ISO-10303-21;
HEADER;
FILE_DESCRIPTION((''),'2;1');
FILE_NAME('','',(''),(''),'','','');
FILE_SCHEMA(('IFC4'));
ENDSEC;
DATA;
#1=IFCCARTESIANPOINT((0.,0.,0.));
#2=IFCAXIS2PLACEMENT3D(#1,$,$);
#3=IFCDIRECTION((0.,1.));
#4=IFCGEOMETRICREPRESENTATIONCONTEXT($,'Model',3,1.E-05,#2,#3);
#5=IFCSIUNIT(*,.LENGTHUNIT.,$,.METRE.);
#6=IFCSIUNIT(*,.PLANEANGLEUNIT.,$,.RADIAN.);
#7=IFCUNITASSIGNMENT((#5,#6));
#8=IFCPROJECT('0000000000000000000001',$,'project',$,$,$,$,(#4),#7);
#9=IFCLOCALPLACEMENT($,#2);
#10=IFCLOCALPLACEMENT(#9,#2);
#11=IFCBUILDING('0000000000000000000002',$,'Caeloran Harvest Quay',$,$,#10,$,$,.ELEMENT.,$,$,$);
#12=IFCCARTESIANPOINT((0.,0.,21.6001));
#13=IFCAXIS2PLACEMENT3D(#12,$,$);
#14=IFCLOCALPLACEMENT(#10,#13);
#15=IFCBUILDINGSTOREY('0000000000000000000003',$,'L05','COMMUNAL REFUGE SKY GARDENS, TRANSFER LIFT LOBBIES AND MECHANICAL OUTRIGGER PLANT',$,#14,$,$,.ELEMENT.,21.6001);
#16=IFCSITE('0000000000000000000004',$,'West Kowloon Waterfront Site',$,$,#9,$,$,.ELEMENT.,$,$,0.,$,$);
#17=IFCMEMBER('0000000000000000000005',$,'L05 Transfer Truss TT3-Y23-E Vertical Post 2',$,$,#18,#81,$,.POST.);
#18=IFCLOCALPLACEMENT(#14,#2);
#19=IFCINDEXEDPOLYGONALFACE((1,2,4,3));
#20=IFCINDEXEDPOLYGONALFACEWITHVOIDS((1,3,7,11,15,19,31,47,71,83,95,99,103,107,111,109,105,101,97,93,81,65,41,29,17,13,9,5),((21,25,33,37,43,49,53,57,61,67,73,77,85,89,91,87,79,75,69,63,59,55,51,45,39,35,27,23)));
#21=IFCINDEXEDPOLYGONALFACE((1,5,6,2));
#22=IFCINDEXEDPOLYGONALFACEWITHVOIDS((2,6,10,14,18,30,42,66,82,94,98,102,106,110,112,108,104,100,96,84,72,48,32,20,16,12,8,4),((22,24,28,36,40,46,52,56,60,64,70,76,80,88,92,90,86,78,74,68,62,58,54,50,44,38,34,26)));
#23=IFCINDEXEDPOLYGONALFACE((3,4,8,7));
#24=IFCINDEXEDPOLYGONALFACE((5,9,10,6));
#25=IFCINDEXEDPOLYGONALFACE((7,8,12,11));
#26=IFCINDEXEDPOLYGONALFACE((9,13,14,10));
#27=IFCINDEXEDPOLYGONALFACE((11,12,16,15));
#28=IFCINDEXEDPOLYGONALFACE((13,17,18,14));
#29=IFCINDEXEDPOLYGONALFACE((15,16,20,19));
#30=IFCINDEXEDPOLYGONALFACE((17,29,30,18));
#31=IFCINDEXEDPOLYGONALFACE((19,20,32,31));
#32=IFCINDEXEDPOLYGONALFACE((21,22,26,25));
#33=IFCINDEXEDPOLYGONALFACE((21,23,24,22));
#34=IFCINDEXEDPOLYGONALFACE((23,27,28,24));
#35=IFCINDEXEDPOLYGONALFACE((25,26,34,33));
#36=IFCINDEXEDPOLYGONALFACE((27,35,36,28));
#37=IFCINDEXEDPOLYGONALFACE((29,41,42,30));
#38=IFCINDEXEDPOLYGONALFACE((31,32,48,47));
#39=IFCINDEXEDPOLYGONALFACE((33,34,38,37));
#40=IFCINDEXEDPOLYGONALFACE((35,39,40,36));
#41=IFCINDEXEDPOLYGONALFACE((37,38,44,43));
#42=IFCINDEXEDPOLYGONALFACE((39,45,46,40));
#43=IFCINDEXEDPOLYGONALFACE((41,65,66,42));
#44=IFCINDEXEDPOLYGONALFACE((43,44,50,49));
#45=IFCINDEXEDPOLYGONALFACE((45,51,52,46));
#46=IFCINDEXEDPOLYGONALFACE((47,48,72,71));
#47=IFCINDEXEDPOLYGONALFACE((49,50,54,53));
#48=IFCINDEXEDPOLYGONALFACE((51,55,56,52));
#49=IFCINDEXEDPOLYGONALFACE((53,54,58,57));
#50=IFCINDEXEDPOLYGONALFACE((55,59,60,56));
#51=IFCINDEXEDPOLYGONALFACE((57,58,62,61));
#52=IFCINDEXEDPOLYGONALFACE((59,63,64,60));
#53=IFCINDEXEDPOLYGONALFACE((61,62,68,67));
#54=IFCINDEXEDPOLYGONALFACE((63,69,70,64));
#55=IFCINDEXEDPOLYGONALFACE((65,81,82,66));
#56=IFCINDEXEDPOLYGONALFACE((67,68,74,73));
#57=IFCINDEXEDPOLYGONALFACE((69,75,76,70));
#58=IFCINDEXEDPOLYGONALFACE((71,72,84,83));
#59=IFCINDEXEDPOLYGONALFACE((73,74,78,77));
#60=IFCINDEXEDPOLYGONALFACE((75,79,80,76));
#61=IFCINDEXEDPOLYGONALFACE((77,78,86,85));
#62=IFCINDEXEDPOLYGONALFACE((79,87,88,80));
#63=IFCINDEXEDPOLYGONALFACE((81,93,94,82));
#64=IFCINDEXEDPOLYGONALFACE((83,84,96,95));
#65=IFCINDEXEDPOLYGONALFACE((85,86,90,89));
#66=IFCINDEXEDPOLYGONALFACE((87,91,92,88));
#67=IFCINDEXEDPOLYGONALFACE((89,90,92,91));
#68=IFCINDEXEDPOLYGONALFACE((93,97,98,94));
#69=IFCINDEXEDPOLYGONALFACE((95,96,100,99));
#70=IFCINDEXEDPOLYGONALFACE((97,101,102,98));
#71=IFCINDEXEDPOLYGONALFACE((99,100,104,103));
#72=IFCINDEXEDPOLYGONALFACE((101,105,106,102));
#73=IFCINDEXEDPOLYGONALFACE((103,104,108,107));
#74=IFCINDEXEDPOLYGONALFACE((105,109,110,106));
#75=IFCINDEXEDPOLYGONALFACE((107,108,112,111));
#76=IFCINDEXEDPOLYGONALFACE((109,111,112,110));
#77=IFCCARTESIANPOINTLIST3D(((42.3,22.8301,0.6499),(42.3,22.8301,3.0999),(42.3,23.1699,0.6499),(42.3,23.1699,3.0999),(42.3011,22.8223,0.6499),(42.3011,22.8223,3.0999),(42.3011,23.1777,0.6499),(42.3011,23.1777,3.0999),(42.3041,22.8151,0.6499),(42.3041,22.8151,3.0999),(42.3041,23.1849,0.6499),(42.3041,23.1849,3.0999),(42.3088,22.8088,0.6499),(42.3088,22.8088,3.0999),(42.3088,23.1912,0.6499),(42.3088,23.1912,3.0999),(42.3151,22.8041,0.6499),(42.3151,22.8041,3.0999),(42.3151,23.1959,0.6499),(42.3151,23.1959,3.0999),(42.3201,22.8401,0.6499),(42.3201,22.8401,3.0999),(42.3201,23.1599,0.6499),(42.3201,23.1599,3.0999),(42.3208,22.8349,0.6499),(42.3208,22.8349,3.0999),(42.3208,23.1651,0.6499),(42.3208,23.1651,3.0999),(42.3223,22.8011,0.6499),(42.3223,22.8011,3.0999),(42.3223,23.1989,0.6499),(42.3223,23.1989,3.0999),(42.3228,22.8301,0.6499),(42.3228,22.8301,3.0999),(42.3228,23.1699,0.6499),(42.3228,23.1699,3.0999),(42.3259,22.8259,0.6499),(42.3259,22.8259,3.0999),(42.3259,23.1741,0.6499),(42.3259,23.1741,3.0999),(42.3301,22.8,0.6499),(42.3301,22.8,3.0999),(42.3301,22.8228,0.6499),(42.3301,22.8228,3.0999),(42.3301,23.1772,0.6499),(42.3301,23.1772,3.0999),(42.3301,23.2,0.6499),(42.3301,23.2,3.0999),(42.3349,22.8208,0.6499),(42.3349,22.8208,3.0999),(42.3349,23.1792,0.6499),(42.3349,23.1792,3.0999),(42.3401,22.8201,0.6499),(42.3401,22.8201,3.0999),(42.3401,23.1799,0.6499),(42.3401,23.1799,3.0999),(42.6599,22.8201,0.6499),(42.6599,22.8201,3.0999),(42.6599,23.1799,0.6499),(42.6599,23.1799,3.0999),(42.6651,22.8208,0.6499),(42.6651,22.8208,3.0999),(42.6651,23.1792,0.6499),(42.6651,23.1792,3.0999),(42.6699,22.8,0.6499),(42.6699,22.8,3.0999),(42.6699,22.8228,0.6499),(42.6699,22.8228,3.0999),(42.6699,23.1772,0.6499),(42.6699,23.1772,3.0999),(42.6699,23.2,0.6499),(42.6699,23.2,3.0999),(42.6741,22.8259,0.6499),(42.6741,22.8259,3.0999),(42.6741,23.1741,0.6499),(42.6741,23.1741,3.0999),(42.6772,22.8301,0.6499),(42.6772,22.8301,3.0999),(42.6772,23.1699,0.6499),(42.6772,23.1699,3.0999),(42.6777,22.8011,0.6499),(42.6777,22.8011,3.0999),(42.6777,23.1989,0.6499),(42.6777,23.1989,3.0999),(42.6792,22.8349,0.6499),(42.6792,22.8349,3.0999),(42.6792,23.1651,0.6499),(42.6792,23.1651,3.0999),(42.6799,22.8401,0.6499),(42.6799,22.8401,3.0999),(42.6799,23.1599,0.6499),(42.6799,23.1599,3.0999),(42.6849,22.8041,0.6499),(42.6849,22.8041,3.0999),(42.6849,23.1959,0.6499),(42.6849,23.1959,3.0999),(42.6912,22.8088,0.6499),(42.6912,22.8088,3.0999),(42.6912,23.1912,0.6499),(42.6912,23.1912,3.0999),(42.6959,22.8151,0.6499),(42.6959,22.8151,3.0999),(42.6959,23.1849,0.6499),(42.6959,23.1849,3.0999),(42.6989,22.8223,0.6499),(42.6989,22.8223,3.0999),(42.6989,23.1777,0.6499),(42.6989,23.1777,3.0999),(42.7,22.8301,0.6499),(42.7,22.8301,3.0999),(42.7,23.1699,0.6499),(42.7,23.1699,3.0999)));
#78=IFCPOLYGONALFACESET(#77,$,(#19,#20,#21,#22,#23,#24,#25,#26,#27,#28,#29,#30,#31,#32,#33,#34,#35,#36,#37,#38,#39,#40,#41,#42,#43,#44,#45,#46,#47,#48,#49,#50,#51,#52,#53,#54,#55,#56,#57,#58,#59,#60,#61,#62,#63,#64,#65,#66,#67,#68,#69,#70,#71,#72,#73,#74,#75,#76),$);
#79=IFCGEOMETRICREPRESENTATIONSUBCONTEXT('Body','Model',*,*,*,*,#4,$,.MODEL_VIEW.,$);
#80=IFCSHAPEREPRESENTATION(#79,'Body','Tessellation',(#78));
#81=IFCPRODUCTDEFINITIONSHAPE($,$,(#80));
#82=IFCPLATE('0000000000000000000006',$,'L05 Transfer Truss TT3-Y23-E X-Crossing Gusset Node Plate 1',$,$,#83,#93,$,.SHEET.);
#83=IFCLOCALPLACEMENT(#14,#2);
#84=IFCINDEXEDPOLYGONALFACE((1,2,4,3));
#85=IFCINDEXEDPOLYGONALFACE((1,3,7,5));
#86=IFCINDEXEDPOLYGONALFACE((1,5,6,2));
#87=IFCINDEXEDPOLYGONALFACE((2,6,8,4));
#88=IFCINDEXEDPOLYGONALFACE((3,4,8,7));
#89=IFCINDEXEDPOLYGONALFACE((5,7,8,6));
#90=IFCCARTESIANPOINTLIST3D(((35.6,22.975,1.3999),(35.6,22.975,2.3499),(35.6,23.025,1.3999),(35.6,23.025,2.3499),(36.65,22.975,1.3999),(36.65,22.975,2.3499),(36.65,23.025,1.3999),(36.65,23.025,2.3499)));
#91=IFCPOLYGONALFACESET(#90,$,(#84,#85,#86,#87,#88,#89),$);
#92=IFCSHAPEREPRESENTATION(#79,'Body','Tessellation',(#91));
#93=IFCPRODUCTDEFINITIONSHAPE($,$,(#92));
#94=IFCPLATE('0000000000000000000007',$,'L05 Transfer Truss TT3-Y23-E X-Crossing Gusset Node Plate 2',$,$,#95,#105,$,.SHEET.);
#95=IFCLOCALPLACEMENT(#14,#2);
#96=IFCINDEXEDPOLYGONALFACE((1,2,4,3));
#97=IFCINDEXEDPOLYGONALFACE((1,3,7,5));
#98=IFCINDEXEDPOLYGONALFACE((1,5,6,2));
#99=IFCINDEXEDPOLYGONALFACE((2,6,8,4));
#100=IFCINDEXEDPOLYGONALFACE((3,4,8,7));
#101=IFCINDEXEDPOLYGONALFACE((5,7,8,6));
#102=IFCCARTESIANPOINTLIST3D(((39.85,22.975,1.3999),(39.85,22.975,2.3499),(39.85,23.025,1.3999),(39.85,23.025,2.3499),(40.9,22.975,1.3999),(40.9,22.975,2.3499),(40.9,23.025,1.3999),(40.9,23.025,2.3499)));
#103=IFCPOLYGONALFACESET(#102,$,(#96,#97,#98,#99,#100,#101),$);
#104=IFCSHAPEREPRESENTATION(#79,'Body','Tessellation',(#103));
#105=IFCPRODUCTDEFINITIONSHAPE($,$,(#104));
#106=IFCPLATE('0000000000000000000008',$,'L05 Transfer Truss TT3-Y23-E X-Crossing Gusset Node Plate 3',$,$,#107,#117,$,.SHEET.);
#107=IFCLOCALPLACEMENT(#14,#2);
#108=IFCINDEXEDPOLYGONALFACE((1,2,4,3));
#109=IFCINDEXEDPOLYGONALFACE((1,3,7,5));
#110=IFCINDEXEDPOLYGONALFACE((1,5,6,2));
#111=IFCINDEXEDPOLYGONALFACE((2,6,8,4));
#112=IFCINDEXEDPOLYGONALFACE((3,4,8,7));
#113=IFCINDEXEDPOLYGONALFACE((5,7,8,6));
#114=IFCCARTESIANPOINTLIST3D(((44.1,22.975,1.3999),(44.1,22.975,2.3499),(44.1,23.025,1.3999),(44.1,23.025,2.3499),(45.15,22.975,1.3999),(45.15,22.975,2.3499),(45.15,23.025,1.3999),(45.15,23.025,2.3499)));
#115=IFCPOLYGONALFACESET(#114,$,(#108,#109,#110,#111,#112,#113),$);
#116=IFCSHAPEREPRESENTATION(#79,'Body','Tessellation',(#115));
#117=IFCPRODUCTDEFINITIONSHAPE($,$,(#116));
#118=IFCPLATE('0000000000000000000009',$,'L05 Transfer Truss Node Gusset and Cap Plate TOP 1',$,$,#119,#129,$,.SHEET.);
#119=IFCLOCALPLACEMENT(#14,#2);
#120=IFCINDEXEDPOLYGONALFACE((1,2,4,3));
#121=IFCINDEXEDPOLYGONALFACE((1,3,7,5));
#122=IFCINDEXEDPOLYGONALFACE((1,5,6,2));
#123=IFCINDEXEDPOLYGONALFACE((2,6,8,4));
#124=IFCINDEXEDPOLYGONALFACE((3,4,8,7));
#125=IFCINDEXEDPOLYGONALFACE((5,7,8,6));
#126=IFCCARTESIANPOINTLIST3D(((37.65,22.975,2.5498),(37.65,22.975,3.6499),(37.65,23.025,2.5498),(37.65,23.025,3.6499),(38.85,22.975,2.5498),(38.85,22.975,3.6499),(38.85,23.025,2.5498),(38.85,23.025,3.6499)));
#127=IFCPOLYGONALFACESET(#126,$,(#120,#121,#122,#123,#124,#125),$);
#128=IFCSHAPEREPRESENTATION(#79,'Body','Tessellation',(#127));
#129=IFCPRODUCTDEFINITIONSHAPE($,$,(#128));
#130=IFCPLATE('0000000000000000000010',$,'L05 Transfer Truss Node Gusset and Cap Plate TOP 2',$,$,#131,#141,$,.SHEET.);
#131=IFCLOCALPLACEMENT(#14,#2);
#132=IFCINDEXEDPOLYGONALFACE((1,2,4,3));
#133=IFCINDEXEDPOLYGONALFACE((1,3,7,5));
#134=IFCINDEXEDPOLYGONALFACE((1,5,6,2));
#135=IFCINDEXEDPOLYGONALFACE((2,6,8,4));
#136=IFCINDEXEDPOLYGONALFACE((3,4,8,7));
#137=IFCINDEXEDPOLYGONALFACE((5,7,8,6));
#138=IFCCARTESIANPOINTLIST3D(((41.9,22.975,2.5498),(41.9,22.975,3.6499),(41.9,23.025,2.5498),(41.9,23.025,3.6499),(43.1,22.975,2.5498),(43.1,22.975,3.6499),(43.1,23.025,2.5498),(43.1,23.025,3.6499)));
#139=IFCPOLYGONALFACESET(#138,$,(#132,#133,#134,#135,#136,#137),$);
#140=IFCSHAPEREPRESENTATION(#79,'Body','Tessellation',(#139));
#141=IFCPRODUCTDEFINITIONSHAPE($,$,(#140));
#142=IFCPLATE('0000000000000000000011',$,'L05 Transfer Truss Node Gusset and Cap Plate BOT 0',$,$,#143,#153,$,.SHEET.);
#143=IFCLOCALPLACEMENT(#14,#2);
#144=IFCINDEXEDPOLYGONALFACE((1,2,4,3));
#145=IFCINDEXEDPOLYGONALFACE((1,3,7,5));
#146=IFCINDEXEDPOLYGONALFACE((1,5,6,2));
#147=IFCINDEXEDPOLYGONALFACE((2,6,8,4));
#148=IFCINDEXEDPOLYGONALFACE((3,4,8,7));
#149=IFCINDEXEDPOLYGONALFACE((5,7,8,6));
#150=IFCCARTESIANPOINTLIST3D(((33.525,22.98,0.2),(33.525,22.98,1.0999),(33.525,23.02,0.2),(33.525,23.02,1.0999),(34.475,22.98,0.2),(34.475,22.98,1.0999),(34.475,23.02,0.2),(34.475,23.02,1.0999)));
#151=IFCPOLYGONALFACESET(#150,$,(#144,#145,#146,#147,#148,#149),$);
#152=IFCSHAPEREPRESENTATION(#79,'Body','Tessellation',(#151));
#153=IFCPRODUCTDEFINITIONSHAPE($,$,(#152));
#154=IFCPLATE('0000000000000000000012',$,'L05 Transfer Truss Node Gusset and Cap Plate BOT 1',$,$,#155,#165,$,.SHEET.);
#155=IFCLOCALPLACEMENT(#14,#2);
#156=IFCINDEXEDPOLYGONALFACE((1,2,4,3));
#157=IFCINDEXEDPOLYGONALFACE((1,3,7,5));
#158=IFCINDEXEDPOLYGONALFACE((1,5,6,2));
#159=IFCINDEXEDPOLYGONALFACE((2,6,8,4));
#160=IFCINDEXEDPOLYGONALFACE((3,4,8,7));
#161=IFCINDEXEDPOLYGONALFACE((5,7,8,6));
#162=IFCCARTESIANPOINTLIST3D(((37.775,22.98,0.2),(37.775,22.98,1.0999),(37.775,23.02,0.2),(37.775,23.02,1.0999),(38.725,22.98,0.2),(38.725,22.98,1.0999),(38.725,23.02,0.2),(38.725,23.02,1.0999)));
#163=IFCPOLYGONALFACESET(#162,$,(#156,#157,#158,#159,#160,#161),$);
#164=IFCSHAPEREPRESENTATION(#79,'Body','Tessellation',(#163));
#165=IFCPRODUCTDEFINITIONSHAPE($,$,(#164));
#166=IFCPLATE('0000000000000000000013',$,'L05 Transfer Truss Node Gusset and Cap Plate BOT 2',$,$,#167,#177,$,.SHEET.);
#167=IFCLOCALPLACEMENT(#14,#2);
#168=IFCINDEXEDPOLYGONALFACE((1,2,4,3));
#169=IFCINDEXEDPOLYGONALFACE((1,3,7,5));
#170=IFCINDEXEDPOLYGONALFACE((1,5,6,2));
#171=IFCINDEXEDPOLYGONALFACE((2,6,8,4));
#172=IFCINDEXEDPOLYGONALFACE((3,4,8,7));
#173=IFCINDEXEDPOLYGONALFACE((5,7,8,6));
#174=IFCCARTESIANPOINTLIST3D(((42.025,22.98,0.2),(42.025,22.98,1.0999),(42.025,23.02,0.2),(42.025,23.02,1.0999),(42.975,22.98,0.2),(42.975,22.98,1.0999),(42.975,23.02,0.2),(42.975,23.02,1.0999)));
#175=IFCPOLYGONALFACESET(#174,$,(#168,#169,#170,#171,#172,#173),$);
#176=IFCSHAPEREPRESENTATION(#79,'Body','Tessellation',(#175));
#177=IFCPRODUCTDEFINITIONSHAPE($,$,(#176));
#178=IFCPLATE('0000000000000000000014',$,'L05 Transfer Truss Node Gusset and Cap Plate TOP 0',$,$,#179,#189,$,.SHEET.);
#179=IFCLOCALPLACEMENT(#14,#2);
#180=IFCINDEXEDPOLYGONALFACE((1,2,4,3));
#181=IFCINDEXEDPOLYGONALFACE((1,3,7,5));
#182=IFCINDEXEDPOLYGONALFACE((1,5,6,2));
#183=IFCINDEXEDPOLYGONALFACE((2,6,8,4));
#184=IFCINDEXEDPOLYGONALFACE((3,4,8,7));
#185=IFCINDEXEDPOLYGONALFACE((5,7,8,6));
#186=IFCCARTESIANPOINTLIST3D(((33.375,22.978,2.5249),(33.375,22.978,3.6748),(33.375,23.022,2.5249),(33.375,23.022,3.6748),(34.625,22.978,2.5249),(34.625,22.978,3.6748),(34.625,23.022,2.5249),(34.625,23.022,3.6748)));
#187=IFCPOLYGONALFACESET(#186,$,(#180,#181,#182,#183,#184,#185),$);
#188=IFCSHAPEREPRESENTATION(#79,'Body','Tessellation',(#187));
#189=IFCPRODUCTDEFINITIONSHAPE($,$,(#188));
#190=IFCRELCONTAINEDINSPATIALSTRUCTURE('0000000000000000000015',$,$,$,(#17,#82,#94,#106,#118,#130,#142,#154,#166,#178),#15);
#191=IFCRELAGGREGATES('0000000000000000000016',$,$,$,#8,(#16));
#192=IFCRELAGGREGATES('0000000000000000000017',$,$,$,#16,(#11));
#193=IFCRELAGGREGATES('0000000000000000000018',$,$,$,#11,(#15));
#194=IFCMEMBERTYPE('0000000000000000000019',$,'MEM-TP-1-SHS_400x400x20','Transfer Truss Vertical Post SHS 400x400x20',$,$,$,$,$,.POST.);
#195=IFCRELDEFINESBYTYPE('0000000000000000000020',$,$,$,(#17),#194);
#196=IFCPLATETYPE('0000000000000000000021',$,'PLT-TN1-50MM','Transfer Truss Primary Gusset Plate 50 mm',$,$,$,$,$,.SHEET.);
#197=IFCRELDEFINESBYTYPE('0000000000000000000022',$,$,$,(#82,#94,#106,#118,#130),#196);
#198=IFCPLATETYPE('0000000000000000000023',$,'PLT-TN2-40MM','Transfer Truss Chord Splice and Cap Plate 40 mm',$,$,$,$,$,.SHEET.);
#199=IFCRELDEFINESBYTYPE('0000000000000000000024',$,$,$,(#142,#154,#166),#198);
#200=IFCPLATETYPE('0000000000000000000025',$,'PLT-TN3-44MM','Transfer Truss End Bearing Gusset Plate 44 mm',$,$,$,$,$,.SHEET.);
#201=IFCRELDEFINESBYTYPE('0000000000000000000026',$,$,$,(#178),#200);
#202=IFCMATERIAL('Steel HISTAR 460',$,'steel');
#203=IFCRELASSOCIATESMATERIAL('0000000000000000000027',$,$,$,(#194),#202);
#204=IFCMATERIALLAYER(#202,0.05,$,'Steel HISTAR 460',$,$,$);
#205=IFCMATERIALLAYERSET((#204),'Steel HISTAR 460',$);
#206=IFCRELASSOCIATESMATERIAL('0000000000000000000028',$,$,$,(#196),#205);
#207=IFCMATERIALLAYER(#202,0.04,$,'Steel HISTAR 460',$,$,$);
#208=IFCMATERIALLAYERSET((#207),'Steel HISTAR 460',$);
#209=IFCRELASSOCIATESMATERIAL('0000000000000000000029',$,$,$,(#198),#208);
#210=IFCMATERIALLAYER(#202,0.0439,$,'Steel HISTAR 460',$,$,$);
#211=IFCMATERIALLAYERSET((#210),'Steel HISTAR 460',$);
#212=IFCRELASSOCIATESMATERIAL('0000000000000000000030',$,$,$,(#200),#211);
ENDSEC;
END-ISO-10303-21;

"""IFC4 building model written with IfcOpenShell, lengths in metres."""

from ifc_helpers import new_model, si_unit, direction, frame, origin, origin_2d, place, context, subcontext, project, spatial, rectangle, hollow_rectangle, extrude, material, layer, layer_set, material_profile, profile_set, type_object, element, save


model = new_model("IFC4")

# Units and contexts
model_context = context("Model", 3, precision=1e-05, world=origin(), true_north=direction((0.0, 1.0)))
body_context = subcontext(model_context, "Body", "Model", "MODEL_VIEW")
ifc_project = project(units=[si_unit("LENGTHUNIT", "METRE"), si_unit("PLANEANGLEUNIT", "RADIAN")], contexts=[model_context])

# Site, building, storey
site_placement = place(None, origin())
site = spatial("IfcSite", under=ifc_project, at=site_placement, Name="West Kowloon Waterfront Site", CompositionType="ELEMENT", RefElevation=0.0)
building_placement = place(site_placement, origin())
building = spatial("IfcBuilding", under=site, at=building_placement, Name="Caeloran Harvest Quay", CompositionType="ELEMENT")
storey_placement = place(building_placement, frame((0.0, 0.0, 21.6001)))
storey = spatial("IfcBuildingStorey", under=building, at=storey_placement, Name="L05", Description="COMMUNAL REFUGE SKY GARDENS, TRANSFER LIFT LOBBIES AND MECHANICAL OUTRIGGER PLANT", CompositionType="ELEMENT", Elevation=21.6001)

# Shared definitions
ifc_material_1 = material(Name="Steel HISTAR 460", Category="steel")

# Member
ifc_material_profile_1 = material_profile(ifc_material_1, hollow_rectangle(XDim=0.3999, YDim=0.3999, WallThickness=0.02, InnerFilletRadius=0.02, OuterFilletRadius=0.03, at=origin_2d()), Name="SHS 400x400x20")
ifc_profile_set_1 = profile_set([ifc_material_profile_1], Name="Steel HISTAR 460")
member_type_1 = type_object("IfcMemberType", Name="MEM-TP-1-SHS_400x400x20", Description="Transfer Truss Vertical Post SHS 400x400x20", PredefinedType="POST", material=ifc_profile_set_1)
for number, where, z_axis, x_axis, name in (
    (1, (42.5, 23.0, 0.6499), (0.0, 0.0, 1.0), (1.0, 0.0, 0.0), "L05 Transfer Truss TT3-Y23-E Vertical Post 2"),
):
    element("IfcMember", number, at=place(storey_placement, frame(where, z_axis=z_axis, x_axis=x_axis)), inside=storey, type_object=member_type_1, Name=name, PredefinedType="POST", context=body_context, shape_type="SweptSolid", body=[
        extrude(hollow_rectangle(XDim=0.3999, YDim=0.3999, WallThickness=0.02, InnerFilletRadius=0.02, OuterFilletRadius=0.03, at=origin_2d()), origin(), (0.0, 0.0, 1.0), 2.45),
    ])

# Plates
ifc_layer_1 = layer(ifc_material_1, 0.05, Name="Steel HISTAR 460")
ifc_layer_set_1 = layer_set([ifc_layer_1], Name="Steel HISTAR 460")
plate_type_1 = type_object("IfcPlateType", Name="PLT-TN1-50MM", Description="Transfer Truss Primary Gusset Plate 50 mm", PredefinedType="SHEET", material=ifc_layer_set_1)
for number, where, z_axis, x_axis, name in (
    (2, (36.125, 23.0, 1.3999), (0.0, 0.0, 1.0), (1.0, 0.0, 0.0), "L05 Transfer Truss TT3-Y23-E X-Crossing Gusset Node Plate 1"),
    (3, (40.375, 23.0, 1.3999), (0.0, 0.0, 1.0), (1.0, 0.0, 0.0), "L05 Transfer Truss TT3-Y23-E X-Crossing Gusset Node Plate 2"),
    (4, (44.625, 23.0, 1.3999), (0.0, 0.0, 1.0), (1.0, 0.0, 0.0), "L05 Transfer Truss TT3-Y23-E X-Crossing Gusset Node Plate 3"),
):
    element("IfcPlate", number, at=place(storey_placement, frame(where, z_axis=z_axis, x_axis=x_axis)), inside=storey, type_object=plate_type_1, Name=name, PredefinedType="SHEET", context=body_context, shape_type="SweptSolid", body=[
        extrude(rectangle(XDim=1.05, YDim=0.05, at=origin_2d()), origin(), (0.0, 0.0, 1.0), 0.95),
    ])
for number, where, z_axis, x_axis, name in (
    (5, (38.25, 23.0, 2.5498), (0.0, 0.0, 1.0), (1.0, 0.0, 0.0), "L05 Transfer Truss Node Gusset and Cap Plate TOP 1"),
    (6, (42.5, 23.0, 2.5498), (0.0, 0.0, 1.0), (1.0, 0.0, 0.0), "L05 Transfer Truss Node Gusset and Cap Plate TOP 2"),
):
    element("IfcPlate", number, at=place(storey_placement, frame(where, z_axis=z_axis, x_axis=x_axis)), inside=storey, type_object=plate_type_1, Name=name, PredefinedType="SHEET", context=body_context, shape_type="SweptSolid", body=[
        extrude(rectangle(XDim=1.2, YDim=0.05, at=origin_2d()), origin(), (0.0, 0.0, 1.0), 1.1001),
    ])
ifc_layer_2 = layer(ifc_material_1, 0.04, Name="Steel HISTAR 460")
ifc_layer_set_2 = layer_set([ifc_layer_2], Name="Steel HISTAR 460")
plate_type_2 = type_object("IfcPlateType", Name="PLT-TN2-40MM", Description="Transfer Truss Chord Splice and Cap Plate 40 mm", PredefinedType="SHEET", material=ifc_layer_set_2)
for number, where, z_axis, x_axis, name in (
    (7, (34.0, 23.0, 0.2), (0.0, 0.0, 1.0), (1.0, 0.0, 0.0), "L05 Transfer Truss Node Gusset and Cap Plate BOT 0"),
    (8, (38.25, 23.0, 0.2), (0.0, 0.0, 1.0), (1.0, 0.0, 0.0), "L05 Transfer Truss Node Gusset and Cap Plate BOT 1"),
    (9, (42.5, 23.0, 0.2), (0.0, 0.0, 1.0), (1.0, 0.0, 0.0), "L05 Transfer Truss Node Gusset and Cap Plate BOT 2"),
):
    element("IfcPlate", number, at=place(storey_placement, frame(where, z_axis=z_axis, x_axis=x_axis)), inside=storey, type_object=plate_type_2, Name=name, PredefinedType="SHEET", context=body_context, shape_type="SweptSolid", body=[
        extrude(rectangle(XDim=0.95, YDim=0.04, at=origin_2d()), origin(), (0.0, 0.0, 1.0), 0.8999),
    ])
ifc_layer_3 = layer(ifc_material_1, 0.0439, Name="Steel HISTAR 460")
ifc_layer_set_3 = layer_set([ifc_layer_3], Name="Steel HISTAR 460")
plate_type_3 = type_object("IfcPlateType", Name="PLT-TN3-44MM", Description="Transfer Truss End Bearing Gusset Plate 44 mm", PredefinedType="SHEET", material=ifc_layer_set_3)
plate_placement = place(storey_placement, frame((34.0, 23.0, 2.5249), z_axis=(0.0, 0.0, 1.0), x_axis=(1.0, 0.0, 0.0)))
element("IfcPlate", 10, at=plate_placement, inside=storey, type_object=plate_type_3, Name="L05 Transfer Truss Node Gusset and Cap Plate TOP 0", PredefinedType="SHEET", context=body_context, shape_type="SweptSolid", body=[
    extrude(rectangle(XDim=1.25, YDim=0.0439, at=origin_2d()), origin(), (0.0, 0.0, 1.0), 1.1499),
])

save(model, "model.ifc")
